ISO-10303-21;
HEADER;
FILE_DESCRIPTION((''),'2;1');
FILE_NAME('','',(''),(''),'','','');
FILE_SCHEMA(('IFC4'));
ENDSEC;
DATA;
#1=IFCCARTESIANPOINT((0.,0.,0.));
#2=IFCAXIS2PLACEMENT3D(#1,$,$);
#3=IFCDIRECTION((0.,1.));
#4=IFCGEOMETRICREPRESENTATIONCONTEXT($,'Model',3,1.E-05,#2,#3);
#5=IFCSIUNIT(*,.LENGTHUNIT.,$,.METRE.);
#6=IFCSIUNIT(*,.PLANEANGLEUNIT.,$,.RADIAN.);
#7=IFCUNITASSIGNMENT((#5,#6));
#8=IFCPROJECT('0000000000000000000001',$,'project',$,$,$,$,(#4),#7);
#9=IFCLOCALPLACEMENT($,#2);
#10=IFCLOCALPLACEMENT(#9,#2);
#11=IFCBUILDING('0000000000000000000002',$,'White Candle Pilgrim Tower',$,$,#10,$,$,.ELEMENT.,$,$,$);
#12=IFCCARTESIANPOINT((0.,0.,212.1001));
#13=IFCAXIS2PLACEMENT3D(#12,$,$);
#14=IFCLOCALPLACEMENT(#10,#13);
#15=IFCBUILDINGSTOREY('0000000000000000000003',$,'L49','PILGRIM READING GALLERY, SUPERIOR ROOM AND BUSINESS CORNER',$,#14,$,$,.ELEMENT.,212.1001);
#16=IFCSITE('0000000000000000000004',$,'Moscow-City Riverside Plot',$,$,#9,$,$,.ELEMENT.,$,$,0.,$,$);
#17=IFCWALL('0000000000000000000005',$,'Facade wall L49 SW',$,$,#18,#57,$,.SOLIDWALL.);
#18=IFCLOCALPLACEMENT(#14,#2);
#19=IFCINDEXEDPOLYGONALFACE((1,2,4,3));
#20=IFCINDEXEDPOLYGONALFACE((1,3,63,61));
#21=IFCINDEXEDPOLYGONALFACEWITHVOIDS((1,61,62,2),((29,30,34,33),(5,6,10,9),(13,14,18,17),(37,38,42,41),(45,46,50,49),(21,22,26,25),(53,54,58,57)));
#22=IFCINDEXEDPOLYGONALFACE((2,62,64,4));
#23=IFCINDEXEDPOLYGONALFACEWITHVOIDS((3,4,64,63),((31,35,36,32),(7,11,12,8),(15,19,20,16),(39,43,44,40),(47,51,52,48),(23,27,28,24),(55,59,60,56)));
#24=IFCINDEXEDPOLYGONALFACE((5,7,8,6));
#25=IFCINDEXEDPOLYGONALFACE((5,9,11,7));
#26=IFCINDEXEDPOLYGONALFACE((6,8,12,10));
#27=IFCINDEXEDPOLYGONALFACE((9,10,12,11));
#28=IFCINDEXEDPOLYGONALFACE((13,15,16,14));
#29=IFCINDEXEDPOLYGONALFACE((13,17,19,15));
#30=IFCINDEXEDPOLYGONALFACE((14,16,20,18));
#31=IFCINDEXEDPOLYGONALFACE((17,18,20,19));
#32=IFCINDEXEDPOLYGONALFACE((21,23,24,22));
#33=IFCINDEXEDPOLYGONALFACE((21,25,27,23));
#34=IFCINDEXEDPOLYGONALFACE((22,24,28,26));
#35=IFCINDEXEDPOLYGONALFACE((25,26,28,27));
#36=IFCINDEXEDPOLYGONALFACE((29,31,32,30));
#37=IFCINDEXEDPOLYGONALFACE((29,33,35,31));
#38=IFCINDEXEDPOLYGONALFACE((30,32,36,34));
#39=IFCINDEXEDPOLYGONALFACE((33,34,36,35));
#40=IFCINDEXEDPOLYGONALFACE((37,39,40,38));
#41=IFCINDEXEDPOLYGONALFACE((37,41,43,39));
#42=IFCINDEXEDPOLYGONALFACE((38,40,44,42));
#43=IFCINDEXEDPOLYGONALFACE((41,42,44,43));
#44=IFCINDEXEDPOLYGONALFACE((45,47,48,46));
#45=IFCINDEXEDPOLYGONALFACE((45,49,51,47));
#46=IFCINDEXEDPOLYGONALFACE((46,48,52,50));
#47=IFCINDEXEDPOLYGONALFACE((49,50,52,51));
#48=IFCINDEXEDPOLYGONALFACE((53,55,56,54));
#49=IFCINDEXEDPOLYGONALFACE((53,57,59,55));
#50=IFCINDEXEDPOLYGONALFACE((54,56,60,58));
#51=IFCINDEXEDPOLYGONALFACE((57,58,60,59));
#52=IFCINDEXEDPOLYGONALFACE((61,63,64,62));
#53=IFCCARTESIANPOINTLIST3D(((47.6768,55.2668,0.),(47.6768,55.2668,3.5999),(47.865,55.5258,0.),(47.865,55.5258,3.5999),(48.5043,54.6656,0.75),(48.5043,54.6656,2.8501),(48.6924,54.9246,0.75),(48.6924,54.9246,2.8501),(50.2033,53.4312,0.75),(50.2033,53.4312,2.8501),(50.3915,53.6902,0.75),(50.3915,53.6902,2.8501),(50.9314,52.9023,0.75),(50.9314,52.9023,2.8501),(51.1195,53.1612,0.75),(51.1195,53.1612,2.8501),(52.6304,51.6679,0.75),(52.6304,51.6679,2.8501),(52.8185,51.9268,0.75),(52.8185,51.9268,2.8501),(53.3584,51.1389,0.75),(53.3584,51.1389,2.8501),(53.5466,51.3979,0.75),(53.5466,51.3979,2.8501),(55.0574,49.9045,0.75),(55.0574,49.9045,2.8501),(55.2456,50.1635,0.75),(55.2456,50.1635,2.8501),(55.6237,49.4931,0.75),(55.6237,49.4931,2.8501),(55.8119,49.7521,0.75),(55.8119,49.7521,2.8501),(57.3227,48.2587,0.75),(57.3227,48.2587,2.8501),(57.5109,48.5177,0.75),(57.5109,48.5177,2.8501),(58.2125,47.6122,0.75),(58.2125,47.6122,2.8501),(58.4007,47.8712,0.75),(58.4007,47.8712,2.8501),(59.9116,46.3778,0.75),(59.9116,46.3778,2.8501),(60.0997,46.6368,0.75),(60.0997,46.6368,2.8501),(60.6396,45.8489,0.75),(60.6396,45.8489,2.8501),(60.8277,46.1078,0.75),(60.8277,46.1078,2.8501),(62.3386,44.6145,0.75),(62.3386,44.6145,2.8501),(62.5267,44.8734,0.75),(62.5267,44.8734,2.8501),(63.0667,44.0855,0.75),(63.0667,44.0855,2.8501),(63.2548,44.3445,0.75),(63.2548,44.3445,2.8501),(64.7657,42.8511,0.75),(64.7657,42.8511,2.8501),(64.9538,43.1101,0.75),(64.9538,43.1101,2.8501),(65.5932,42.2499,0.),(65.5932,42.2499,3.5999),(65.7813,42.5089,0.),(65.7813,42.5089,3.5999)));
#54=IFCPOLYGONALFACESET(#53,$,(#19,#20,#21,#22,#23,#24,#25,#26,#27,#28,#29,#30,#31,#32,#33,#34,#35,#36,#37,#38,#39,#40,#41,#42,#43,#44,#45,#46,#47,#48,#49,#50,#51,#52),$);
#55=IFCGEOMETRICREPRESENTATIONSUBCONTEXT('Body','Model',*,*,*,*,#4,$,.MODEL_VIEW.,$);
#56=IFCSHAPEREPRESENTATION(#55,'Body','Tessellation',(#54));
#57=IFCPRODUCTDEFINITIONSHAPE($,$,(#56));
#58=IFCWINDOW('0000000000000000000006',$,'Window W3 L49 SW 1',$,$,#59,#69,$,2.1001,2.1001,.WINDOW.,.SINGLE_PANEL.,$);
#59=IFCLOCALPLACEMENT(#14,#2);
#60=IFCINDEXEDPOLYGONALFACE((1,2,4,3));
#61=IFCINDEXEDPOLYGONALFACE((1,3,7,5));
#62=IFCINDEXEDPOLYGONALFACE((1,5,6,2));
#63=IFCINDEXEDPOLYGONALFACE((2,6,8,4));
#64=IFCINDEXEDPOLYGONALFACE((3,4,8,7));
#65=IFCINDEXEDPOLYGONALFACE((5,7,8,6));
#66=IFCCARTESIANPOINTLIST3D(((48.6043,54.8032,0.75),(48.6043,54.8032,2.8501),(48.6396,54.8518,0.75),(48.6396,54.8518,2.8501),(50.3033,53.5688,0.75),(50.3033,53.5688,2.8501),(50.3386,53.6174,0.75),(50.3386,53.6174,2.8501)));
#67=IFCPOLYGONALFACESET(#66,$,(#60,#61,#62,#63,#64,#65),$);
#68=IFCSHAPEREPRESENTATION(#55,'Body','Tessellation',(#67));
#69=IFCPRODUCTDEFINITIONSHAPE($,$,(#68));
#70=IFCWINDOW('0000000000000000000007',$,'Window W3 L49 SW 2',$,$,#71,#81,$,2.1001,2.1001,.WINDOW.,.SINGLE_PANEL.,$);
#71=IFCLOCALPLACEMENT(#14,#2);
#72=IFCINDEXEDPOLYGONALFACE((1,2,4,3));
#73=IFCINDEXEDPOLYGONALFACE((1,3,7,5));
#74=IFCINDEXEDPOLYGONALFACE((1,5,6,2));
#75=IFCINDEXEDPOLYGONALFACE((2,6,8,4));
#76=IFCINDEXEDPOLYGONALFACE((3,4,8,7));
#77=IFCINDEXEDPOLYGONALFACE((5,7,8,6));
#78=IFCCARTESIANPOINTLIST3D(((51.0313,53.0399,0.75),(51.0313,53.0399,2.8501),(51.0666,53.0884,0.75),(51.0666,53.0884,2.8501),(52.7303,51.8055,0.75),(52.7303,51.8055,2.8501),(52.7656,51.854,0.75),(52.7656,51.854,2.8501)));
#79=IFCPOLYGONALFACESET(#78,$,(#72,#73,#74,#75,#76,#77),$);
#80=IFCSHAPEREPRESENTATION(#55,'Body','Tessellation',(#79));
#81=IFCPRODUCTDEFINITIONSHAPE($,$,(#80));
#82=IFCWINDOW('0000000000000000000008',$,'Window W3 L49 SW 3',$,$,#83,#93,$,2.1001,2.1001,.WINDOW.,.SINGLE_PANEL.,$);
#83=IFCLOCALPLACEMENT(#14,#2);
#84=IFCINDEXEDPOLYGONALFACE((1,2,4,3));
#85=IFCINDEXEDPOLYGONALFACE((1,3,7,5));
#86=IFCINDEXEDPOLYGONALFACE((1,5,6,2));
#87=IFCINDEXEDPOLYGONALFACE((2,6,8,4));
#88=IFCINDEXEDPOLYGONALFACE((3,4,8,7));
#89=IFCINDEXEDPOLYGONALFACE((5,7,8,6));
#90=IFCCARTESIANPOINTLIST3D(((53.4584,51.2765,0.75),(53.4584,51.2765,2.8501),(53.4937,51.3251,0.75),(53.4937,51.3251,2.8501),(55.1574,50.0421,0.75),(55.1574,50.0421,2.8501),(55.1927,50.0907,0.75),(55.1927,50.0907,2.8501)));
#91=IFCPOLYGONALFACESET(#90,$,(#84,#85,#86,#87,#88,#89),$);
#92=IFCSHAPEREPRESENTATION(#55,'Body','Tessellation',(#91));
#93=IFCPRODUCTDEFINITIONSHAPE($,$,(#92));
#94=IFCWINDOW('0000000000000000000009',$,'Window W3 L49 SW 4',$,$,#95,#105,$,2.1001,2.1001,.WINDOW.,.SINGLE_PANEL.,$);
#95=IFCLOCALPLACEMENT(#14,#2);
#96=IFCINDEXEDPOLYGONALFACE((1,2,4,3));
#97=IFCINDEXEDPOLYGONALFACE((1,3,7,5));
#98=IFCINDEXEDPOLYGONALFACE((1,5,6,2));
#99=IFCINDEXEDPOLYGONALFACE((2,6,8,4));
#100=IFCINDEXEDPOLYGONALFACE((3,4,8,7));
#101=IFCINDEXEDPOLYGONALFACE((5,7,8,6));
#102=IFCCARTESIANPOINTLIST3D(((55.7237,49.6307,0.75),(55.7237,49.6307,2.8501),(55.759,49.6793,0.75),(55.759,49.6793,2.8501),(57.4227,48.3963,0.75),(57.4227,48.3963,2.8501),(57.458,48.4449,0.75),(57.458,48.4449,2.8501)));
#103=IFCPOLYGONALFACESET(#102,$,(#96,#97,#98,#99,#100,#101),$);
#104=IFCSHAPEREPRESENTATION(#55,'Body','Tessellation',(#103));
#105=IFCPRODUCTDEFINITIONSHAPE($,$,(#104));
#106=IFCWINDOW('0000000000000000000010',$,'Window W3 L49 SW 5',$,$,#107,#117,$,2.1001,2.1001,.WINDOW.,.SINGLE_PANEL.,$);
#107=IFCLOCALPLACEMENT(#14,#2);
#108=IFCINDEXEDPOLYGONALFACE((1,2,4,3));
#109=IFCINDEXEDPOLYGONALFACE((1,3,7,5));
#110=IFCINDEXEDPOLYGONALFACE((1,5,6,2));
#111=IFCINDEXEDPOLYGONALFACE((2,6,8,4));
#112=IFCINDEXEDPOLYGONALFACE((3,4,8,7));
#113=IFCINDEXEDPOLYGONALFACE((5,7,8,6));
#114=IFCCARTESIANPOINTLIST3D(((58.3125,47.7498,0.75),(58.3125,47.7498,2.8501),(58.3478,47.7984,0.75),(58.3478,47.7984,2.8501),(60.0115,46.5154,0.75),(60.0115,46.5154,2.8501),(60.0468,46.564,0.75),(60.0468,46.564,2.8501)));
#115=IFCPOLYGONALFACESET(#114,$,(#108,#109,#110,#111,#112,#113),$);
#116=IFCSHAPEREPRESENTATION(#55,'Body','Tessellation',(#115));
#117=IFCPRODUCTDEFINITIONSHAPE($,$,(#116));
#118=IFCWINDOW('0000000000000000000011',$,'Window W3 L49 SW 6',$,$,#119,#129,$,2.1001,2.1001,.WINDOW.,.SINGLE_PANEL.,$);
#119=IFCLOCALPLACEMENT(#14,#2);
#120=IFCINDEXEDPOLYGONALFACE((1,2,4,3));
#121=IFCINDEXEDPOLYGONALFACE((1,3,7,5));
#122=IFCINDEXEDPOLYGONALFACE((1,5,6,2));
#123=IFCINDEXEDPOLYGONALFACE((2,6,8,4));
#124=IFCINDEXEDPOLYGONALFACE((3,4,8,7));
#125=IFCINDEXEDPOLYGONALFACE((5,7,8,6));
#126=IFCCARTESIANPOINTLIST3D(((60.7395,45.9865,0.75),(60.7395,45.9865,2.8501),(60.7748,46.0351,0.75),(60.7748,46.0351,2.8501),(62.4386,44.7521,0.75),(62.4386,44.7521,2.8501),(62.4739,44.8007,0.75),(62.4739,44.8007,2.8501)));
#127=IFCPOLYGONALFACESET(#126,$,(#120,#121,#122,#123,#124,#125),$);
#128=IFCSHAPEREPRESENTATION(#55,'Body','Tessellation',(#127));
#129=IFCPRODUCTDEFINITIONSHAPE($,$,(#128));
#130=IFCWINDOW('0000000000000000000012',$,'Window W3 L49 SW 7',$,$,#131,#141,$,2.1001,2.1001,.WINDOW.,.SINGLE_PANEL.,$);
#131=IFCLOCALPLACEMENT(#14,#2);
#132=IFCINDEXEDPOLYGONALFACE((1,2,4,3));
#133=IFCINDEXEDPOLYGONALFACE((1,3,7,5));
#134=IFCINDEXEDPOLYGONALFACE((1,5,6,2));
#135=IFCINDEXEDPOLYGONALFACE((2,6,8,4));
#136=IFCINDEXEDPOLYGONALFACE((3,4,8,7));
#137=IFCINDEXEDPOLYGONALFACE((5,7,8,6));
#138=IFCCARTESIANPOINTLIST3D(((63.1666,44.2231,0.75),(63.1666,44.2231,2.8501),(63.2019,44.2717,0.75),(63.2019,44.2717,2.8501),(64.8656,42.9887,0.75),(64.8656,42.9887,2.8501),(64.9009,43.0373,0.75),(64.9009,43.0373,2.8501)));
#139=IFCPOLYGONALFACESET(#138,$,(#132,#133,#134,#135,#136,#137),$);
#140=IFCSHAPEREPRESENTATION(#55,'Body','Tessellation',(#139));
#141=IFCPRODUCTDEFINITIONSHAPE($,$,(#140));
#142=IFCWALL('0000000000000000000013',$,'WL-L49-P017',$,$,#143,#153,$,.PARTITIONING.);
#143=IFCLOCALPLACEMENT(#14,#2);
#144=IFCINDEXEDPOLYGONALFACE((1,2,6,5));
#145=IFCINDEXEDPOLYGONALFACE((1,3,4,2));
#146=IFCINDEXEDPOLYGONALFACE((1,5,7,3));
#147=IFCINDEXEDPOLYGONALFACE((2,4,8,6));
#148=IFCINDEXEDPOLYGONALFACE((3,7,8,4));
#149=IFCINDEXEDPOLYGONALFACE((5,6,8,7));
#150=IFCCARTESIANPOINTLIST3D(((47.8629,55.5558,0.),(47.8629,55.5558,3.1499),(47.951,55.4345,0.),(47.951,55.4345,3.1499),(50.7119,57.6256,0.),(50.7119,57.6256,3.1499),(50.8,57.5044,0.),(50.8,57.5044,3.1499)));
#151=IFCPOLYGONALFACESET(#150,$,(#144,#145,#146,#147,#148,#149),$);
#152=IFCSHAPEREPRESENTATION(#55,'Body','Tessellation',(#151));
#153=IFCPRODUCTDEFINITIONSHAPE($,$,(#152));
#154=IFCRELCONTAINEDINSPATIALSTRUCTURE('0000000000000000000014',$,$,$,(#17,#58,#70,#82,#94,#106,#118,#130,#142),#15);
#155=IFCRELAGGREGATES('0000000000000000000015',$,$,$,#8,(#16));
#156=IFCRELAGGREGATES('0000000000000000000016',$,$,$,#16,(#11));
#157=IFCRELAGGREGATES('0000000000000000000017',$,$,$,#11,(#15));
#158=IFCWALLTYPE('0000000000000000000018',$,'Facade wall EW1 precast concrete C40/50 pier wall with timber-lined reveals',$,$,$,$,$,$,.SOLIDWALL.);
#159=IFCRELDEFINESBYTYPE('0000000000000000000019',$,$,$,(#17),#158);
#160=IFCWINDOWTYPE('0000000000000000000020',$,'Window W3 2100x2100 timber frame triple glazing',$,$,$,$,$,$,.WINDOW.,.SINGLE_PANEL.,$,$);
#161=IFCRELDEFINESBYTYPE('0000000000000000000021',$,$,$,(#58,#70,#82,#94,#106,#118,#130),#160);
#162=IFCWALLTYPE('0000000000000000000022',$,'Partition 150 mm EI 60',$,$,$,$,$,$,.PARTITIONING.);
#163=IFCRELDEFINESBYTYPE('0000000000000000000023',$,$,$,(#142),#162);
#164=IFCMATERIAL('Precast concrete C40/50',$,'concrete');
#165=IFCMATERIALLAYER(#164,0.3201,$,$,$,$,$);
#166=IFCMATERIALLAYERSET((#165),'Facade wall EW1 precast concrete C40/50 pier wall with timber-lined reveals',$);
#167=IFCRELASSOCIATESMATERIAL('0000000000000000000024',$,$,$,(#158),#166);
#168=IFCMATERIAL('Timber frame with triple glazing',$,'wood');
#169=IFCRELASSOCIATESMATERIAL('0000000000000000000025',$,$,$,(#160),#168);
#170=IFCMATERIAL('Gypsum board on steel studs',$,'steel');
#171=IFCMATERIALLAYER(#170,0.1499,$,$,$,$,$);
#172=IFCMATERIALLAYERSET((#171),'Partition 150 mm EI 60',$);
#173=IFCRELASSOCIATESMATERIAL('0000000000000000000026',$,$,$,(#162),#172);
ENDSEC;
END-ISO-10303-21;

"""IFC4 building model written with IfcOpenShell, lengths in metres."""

from ifc_helpers import new_model, si_unit, direction, frame, frame_2d, origin, place, context, subcontext, project, spatial, rectangle, extrude, material, layer, layer_set, type_object, element, fill, save


model = new_model("IFC4")

# Units and contexts
model_context = context("Model", 3, precision=1e-05, world=origin(), true_north=direction((0.0, 1.0)))
body_context = subcontext(model_context, "Body", "Model", "MODEL_VIEW")
ifc_project = project(units=[si_unit("LENGTHUNIT", "METRE"), si_unit("PLANEANGLEUNIT", "RADIAN")], contexts=[model_context])

# Site, building, storey
site_placement = place(None, origin())
site = spatial("IfcSite", under=ifc_project, at=site_placement, Name="Moscow-City Riverside Plot", CompositionType="ELEMENT", RefElevation=0.0)
building_placement = place(site_placement, origin())
building = spatial("IfcBuilding", under=site, at=building_placement, Name="White Candle Pilgrim Tower", CompositionType="ELEMENT")
storey_placement = place(building_placement, frame((0.0, 0.0, 212.1001)))
storey = spatial("IfcBuildingStorey", under=building, at=storey_placement, Name="L49", Description="PILGRIM READING GALLERY, SUPERIOR ROOM AND BUSINESS CORNER", CompositionType="ELEMENT", Elevation=212.1001)

# Shared definitions
ifc_material_1 = material(Name="Gypsum board on steel studs", Category="steel")

# Wall, openings, windows
ifc_material_2 = material(Name="Precast concrete C40/50", Category="concrete")
ifc_layer_1 = layer(ifc_material_2, 0.3201)
ifc_layer_set_1 = layer_set([ifc_layer_1], Name="Facade wall EW1 precast concrete C40/50 pier wall with timber-lined reveals")
wall_type_1 = type_object("IfcWallType", Name="Facade wall EW1 precast concrete C40/50 pier wall with timber-lined reveals", PredefinedType="SOLIDWALL", material=ifc_layer_set_1)
ifc_material_3 = material(Name="Timber frame with triple glazing", Category="wood")
wall_1_placement = place(storey_placement, frame((47.771, 55.3962, 0.0), z_axis=(0.0, 0.0, 1.0), x_axis=(0.809019, -0.587783, 0.0)))
wall_1 = element("IfcWall", 1, at=wall_1_placement, inside=storey, type_object=wall_type_1, Name="Facade wall L49 SW", PredefinedType="SOLIDWALL", context=body_context, shape_type="SweptSolid", body=[
    extrude(rectangle(XDim=22.1458, YDim=0.3201, at=frame_2d((11.0728, 0.0))), origin(), (0.0, 0.0, 1.0), 3.5999),
])
opening_1_placement = place(wall_1_placement, frame((1.0227, 0.0, 0.75)))
opening_1 = element("IfcOpeningElement", 2, at=opening_1_placement, cuts=wall_1, PredefinedType="OPENING", context=body_context, shape_type="SweptSolid", body=[
    extrude(rectangle(XDim=2.1001, YDim=2.1001, at=frame_2d((1.05, 1.05))), frame((0.0, 0.1699, 0.0), z_axis=(0.0, -1.0, 0.0), x_axis=(1.0, 0.0, 0.0)), (0.0, 0.0, 1.0), 0.3401),
])
opening_2_placement = place(wall_1_placement, frame((4.0227, 0.0, 0.75)))
opening_2 = element("IfcOpeningElement", 3, at=opening_2_placement, cuts=wall_1, PredefinedType="OPENING", context=body_context, shape_type="SweptSolid", body=[
    extrude(rectangle(XDim=2.1001, YDim=2.1001, at=frame_2d((1.05, 1.05))), frame((0.0, 0.1699, 0.0), z_axis=(0.0, -1.0, 0.0), x_axis=(1.0, 0.0, 0.0)), (0.0, 0.0, 1.0), 0.3401),
])
opening_3_placement = place(wall_1_placement, frame((7.0227, 0.0, 0.75)))
opening_3 = element("IfcOpeningElement", 4, at=opening_3_placement, cuts=wall_1, PredefinedType="OPENING", context=body_context, shape_type="SweptSolid", body=[
    extrude(rectangle(XDim=2.1001, YDim=2.1001, at=frame_2d((1.05, 1.05))), frame((0.0, 0.1699, 0.0), z_axis=(0.0, -1.0, 0.0), x_axis=(1.0, 0.0, 0.0)), (0.0, 0.0, 1.0), 0.3401),
])
opening_4_placement = place(wall_1_placement, frame((9.8228, 0.0, 0.75)))
opening_4 = element("IfcOpeningElement", 5, at=opening_4_placement, cuts=wall_1, PredefinedType="OPENING", context=body_context, shape_type="SweptSolid", body=[
    extrude(rectangle(XDim=2.1001, YDim=2.1001, at=frame_2d((1.05, 1.05))), frame((0.0, 0.1699, 0.0), z_axis=(0.0, -1.0, 0.0), x_axis=(1.0, 0.0, 0.0)), (0.0, 0.0, 1.0), 0.3401),
])
opening_5_placement = place(wall_1_placement, frame((13.0227, 0.0, 0.75)))
opening_5 = element("IfcOpeningElement", 6, at=opening_5_placement, cuts=wall_1, PredefinedType="OPENING", context=body_context, shape_type="SweptSolid", body=[
    extrude(rectangle(XDim=2.1001, YDim=2.1001, at=frame_2d((1.05, 1.05))), frame((0.0, 0.1699, 0.0), z_axis=(0.0, -1.0, 0.0), x_axis=(1.0, 0.0, 0.0)), (0.0, 0.0, 1.0), 0.3401),
])
opening_6_placement = place(wall_1_placement, frame((16.0227, 0.0, 0.75)))
opening_6 = element("IfcOpeningElement", 7, at=opening_6_placement, cuts=wall_1, PredefinedType="OPENING", context=body_context, shape_type="SweptSolid", body=[
    extrude(rectangle(XDim=2.1001, YDim=2.1001, at=frame_2d((1.05, 1.05))), frame((0.0, 0.1699, 0.0), z_axis=(0.0, -1.0, 0.0), x_axis=(1.0, 0.0, 0.0)), (0.0, 0.0, 1.0), 0.3401),
])
opening_7_placement = place(wall_1_placement, frame((19.0227, 0.0, 0.75)))
opening_7 = element("IfcOpeningElement", 8, at=opening_7_placement, cuts=wall_1, PredefinedType="OPENING", context=body_context, shape_type="SweptSolid", body=[
    extrude(rectangle(XDim=2.1001, YDim=2.1001, at=frame_2d((1.05, 1.05))), frame((0.0, 0.1699, 0.0), z_axis=(0.0, -1.0, 0.0), x_axis=(1.0, 0.0, 0.0)), (0.0, 0.0, 1.0), 0.3401),
])
window_type_1 = type_object("IfcWindowType", Name="Window W3 2100x2100 timber frame triple glazing", PartitioningType="SINGLE_PANEL", PredefinedType="WINDOW", material=ifc_material_3)
window_1_placement = place(opening_1_placement, origin())
window_1 = element("IfcWindow", 9, at=window_1_placement, inside=storey, type_object=window_type_1, Name="Window W3 L49 SW 1", OverallHeight=2.1001, OverallWidth=2.1001, PartitioningType="SINGLE_PANEL", PredefinedType="WINDOW", context=body_context, shape_type="SweptSolid", body=[
    extrude(rectangle(XDim=2.1001, YDim=2.1001, at=frame_2d((1.05, 1.05))), frame((0.0, 0.0701, 0.0), z_axis=(0.0, -1.0, 0.0), x_axis=(1.0, 0.0, 0.0)), (0.0, 0.0, 1.0), 0.0601),
])
fill(opening_1, window_1)
window_2_placement = place(opening_2_placement, origin())
window_2 = element("IfcWindow", 10, at=window_2_placement, inside=storey, type_object=window_type_1, Name="Window W3 L49 SW 2", OverallHeight=2.1001, OverallWidth=2.1001, PartitioningType="SINGLE_PANEL", PredefinedType="WINDOW", context=body_context, shape_type="SweptSolid", body=[
    extrude(rectangle(XDim=2.1001, YDim=2.1001, at=frame_2d((1.05, 1.05))), frame((0.0, 0.0701, 0.0), z_axis=(0.0, -1.0, 0.0), x_axis=(1.0, 0.0, 0.0)), (0.0, 0.0, 1.0), 0.0601),
])
fill(opening_2, window_2)
window_3_placement = place(opening_3_placement, origin())
window_3 = element("IfcWindow", 11, at=window_3_placement, inside=storey, type_object=window_type_1, Name="Window W3 L49 SW 3", OverallHeight=2.1001, OverallWidth=2.1001, PartitioningType="SINGLE_PANEL", PredefinedType="WINDOW", context=body_context, shape_type="SweptSolid", body=[
    extrude(rectangle(XDim=2.1001, YDim=2.1001, at=frame_2d((1.05, 1.05))), frame((0.0, 0.0701, 0.0), z_axis=(0.0, -1.0, 0.0), x_axis=(1.0, 0.0, 0.0)), (0.0, 0.0, 1.0), 0.0601),
])
fill(opening_3, window_3)
window_4_placement = place(opening_4_placement, origin())
window_4 = element("IfcWindow", 12, at=window_4_placement, inside=storey, type_object=window_type_1, Name="Window W3 L49 SW 4", OverallHeight=2.1001, OverallWidth=2.1001, PartitioningType="SINGLE_PANEL", PredefinedType="WINDOW", context=body_context, shape_type="SweptSolid", body=[
    extrude(rectangle(XDim=2.1001, YDim=2.1001, at=frame_2d((1.05, 1.05))), frame((0.0, 0.0701, 0.0), z_axis=(0.0, -1.0, 0.0), x_axis=(1.0, 0.0, 0.0)), (0.0, 0.0, 1.0), 0.0601),
])
fill(opening_4, window_4)
window_5_placement = place(opening_5_placement, origin())
window_5 = element("IfcWindow", 13, at=window_5_placement, inside=storey, type_object=window_type_1, Name="Window W3 L49 SW 5", OverallHeight=2.1001, OverallWidth=2.1001, PartitioningType="SINGLE_PANEL", PredefinedType="WINDOW", context=body_context, shape_type="SweptSolid", body=[
    extrude(rectangle(XDim=2.1001, YDim=2.1001, at=frame_2d((1.05, 1.05))), frame((0.0, 0.0701, 0.0), z_axis=(0.0, -1.0, 0.0), x_axis=(1.0, 0.0, 0.0)), (0.0, 0.0, 1.0), 0.0601),
])
fill(opening_5, window_5)
window_6_placement = place(opening_6_placement, origin())
window_6 = element("IfcWindow", 14, at=window_6_placement, inside=storey, type_object=window_type_1, Name="Window W3 L49 SW 6", OverallHeight=2.1001, OverallWidth=2.1001, PartitioningType="SINGLE_PANEL", PredefinedType="WINDOW", context=body_context, shape_type="SweptSolid", body=[
    extrude(rectangle(XDim=2.1001, YDim=2.1001, at=frame_2d((1.05, 1.05))), frame((0.0, 0.0701, 0.0), z_axis=(0.0, -1.0, 0.0), x_axis=(1.0, 0.0, 0.0)), (0.0, 0.0, 1.0), 0.0601),
])
fill(opening_6, window_6)
window_7_placement = place(opening_7_placement, origin())
window_7 = element("IfcWindow", 15, at=window_7_placement, inside=storey, type_object=window_type_1, Name="Window W3 L49 SW 7", OverallHeight=2.1001, OverallWidth=2.1001, PartitioningType="SINGLE_PANEL", PredefinedType="WINDOW", context=body_context, shape_type="SweptSolid", body=[
    extrude(rectangle(XDim=2.1001, YDim=2.1001, at=frame_2d((1.05, 1.05))), frame((0.0, 0.0701, 0.0), z_axis=(0.0, -1.0, 0.0), x_axis=(1.0, 0.0, 0.0)), (0.0, 0.0, 1.0), 0.0601),
])
fill(opening_7, window_7)

# Wall
ifc_layer_2 = layer(ifc_material_1, 0.1499)
ifc_layer_set_2 = layer_set([ifc_layer_2], Name="Partition 150 mm EI 60")
wall_type_2 = type_object("IfcWallType", Name="Partition 150 mm EI 60", PredefinedType="PARTITIONING", material=ifc_layer_set_2)
wall_2_placement = place(storey_placement, frame((47.907, 55.4951, 0.0), z_axis=(0.0, 0.0, 1.0), x_axis=(0.809018, 0.587784, 0.0)))
element("IfcWall", 16, at=wall_2_placement, inside=storey, type_object=wall_type_2, Name="WL-L49-P017", PredefinedType="PARTITIONING", context=body_context, shape_type="SweptSolid", body=[
    extrude(rectangle(XDim=3.5215, YDim=0.1499, at=frame_2d((1.7607, 0.0))), origin(), (0.0, 0.0, 1.0), 3.1499),
])

save(model, "model.ifc")
